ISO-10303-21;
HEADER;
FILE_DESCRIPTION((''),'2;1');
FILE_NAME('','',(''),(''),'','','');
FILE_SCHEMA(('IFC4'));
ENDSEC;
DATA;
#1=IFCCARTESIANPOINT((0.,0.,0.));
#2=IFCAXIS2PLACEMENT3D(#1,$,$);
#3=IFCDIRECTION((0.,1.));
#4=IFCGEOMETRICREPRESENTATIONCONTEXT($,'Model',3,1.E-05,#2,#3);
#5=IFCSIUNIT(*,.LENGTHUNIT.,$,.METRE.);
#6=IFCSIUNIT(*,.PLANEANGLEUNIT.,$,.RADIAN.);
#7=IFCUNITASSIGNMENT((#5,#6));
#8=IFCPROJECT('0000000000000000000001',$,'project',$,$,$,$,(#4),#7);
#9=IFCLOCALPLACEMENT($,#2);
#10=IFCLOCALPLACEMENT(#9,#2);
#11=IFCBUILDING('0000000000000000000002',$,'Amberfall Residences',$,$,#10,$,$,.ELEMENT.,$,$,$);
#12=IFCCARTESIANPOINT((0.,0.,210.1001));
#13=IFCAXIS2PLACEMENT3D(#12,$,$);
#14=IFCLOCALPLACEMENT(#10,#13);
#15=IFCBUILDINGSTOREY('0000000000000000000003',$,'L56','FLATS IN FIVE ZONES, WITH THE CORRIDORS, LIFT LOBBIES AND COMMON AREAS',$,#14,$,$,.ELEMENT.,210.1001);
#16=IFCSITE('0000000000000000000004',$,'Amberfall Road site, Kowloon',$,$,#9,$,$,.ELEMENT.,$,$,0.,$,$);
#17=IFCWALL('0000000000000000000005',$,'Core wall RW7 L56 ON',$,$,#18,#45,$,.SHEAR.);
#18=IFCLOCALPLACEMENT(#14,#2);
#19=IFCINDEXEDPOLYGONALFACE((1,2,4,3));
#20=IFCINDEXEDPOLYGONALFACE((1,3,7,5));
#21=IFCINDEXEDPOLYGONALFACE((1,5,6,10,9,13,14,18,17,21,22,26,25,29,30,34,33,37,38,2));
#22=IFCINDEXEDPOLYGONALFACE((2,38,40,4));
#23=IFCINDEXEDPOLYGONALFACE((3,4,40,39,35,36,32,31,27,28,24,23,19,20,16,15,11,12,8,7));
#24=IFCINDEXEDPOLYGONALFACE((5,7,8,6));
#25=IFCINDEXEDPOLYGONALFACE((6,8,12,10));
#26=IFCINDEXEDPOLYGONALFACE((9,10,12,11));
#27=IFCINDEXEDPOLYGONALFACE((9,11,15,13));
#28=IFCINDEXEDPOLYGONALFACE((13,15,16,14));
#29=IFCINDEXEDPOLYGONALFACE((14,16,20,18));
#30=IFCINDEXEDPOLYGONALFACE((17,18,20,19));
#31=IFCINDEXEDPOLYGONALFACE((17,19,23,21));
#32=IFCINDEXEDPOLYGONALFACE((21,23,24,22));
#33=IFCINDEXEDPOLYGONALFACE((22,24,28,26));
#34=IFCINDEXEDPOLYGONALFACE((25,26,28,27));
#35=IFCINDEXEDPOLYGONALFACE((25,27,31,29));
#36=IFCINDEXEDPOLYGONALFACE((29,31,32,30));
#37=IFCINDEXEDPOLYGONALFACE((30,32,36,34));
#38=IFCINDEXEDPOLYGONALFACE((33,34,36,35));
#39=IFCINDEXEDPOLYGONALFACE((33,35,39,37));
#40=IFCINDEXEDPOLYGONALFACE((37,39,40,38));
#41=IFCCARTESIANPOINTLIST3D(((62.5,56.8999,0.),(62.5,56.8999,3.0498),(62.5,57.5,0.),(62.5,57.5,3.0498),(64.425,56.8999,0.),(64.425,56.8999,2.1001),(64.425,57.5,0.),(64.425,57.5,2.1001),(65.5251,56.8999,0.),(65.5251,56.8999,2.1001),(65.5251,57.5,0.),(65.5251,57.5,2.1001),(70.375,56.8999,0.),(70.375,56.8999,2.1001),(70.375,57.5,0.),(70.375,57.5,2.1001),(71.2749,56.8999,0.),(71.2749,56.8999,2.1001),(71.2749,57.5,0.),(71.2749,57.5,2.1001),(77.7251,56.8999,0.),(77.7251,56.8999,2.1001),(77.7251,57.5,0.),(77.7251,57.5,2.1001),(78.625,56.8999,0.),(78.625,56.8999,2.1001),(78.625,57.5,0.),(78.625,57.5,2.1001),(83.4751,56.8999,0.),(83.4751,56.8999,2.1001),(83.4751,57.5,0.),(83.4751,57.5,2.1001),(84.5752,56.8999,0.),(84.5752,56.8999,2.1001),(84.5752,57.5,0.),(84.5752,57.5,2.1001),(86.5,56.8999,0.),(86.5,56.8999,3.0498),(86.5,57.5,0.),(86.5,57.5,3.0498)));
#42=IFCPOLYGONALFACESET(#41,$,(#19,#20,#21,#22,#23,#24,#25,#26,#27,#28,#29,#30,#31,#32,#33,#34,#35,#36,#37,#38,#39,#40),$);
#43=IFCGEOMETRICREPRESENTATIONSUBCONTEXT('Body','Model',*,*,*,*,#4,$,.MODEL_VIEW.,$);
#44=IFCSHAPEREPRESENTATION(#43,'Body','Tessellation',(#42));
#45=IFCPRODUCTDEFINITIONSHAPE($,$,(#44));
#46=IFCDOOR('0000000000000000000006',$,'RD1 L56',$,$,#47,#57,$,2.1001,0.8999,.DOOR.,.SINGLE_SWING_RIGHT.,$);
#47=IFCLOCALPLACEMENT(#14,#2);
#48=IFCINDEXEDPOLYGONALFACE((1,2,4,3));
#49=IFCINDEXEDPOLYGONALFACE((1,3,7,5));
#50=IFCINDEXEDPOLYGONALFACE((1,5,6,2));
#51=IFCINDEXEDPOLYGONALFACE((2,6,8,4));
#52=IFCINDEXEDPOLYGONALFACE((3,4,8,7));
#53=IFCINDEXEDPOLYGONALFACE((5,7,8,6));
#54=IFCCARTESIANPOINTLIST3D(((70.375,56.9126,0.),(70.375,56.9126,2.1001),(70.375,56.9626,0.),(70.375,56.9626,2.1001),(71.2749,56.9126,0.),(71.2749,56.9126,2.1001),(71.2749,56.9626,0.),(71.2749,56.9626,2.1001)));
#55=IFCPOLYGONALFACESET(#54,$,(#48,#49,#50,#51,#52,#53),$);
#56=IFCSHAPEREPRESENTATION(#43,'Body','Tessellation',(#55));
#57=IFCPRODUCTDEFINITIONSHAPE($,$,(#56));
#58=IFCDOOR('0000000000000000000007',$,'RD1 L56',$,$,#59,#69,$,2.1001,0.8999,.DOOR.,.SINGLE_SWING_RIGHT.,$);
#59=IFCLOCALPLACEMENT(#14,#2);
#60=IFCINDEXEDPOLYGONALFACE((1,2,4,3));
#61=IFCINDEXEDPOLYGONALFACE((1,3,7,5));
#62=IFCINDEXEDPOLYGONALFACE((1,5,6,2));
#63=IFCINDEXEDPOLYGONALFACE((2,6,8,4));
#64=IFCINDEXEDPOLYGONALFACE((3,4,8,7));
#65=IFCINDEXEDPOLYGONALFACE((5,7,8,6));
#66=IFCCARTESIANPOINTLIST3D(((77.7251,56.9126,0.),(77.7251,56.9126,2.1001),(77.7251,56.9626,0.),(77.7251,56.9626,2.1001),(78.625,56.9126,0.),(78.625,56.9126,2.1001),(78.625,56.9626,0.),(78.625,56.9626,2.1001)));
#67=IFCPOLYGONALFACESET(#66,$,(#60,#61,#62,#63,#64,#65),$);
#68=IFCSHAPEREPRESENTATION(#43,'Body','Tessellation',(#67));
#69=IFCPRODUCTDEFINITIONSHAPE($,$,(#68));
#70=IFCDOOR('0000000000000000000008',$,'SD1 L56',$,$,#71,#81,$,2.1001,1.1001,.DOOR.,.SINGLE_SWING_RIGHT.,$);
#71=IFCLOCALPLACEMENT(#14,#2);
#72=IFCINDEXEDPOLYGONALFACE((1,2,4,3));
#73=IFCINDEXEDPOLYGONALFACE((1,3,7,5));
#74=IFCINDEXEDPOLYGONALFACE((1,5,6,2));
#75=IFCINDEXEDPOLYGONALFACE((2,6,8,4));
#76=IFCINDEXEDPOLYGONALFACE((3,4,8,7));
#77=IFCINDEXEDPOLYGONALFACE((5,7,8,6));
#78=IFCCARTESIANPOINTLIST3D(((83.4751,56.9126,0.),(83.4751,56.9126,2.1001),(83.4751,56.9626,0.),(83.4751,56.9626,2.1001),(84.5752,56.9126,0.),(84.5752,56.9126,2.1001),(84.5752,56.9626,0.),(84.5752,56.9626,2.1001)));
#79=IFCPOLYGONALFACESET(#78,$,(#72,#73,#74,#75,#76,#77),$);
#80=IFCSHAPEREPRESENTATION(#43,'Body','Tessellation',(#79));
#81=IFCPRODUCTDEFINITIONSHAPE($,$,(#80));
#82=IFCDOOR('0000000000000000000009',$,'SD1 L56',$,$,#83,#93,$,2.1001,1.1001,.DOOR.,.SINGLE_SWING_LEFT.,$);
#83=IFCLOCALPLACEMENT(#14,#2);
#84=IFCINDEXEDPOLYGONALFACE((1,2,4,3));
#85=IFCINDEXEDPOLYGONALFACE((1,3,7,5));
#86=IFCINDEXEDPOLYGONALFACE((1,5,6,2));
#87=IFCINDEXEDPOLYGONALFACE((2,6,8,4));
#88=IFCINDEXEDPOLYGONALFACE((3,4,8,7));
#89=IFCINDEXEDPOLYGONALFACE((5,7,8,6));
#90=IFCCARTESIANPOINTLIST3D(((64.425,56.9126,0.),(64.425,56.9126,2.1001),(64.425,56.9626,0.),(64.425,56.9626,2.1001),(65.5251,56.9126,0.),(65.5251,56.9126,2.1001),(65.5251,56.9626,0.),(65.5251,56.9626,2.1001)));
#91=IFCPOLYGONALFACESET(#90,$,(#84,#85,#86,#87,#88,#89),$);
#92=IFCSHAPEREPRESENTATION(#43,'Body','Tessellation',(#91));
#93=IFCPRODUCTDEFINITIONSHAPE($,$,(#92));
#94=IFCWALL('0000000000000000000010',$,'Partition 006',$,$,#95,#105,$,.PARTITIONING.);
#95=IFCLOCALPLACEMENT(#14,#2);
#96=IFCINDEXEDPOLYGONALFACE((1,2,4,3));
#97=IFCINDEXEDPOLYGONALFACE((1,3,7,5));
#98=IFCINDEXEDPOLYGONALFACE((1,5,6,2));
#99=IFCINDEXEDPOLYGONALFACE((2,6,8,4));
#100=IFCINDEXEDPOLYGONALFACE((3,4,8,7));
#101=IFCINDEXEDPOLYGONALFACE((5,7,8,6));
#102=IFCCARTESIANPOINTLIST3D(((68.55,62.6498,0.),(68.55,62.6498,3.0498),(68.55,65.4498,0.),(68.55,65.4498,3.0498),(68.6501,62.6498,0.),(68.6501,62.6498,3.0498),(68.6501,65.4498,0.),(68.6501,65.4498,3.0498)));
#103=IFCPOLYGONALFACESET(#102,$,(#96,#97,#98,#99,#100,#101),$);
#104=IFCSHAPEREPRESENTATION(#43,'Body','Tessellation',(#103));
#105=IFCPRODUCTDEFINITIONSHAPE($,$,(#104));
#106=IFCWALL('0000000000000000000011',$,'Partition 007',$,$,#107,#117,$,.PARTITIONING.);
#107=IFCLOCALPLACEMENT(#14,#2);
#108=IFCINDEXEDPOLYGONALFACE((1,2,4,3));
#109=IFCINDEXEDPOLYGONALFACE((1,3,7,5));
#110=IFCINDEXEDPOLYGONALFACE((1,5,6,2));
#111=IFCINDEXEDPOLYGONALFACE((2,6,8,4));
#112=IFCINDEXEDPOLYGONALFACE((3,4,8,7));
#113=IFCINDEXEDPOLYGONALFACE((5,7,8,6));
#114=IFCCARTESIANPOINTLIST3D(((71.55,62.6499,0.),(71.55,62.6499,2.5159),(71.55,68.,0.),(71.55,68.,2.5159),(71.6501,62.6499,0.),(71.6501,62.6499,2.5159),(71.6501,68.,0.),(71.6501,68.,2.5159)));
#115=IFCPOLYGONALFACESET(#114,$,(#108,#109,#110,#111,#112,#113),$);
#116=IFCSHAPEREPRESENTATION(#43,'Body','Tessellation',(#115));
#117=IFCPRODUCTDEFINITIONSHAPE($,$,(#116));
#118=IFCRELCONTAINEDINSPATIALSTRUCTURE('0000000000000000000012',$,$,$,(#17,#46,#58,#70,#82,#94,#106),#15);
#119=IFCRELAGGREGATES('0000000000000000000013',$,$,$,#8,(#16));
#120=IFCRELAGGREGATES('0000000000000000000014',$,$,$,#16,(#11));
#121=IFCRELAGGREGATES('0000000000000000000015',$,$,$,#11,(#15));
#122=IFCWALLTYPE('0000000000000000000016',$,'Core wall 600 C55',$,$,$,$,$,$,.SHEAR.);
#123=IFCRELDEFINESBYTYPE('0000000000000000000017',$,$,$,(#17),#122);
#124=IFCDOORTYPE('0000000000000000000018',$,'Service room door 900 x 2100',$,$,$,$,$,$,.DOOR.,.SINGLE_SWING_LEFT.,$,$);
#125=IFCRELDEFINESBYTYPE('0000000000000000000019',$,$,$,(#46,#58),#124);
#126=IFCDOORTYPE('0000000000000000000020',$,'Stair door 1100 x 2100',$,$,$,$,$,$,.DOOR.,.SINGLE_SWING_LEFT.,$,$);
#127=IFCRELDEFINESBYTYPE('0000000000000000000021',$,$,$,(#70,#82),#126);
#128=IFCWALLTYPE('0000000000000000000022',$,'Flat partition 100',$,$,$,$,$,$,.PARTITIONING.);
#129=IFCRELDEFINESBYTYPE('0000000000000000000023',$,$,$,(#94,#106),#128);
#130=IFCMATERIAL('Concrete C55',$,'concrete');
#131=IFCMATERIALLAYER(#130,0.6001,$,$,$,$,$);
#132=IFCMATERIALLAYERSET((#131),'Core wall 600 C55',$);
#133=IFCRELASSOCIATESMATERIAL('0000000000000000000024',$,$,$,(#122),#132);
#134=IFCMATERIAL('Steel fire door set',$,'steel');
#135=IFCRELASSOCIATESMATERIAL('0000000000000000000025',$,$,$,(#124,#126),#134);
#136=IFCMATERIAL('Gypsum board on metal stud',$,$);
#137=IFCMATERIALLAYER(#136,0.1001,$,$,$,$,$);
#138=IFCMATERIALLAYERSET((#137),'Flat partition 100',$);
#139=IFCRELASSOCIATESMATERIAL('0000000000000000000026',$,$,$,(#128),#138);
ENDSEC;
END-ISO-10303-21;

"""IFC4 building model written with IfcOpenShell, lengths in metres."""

from ifc_helpers import new_model, si_unit, direction, frame, frame_2d, origin, place, context, subcontext, project, spatial, rectangle, extrude, material, layer, layer_set, type_object, element, fill, save


model = new_model("IFC4")

# Units and contexts
model_context = context("Model", 3, precision=1e-05, world=origin(), true_north=direction((0.0, 1.0)))
body_context = subcontext(model_context, "Body", "Model", "MODEL_VIEW")
ifc_project = project(units=[si_unit("LENGTHUNIT", "METRE"), si_unit("PLANEANGLEUNIT", "RADIAN")], contexts=[model_context])

# Site, building, storey
site_placement = place(None, origin())
site = spatial("IfcSite", under=ifc_project, at=site_placement, Name="Amberfall Road site, Kowloon", CompositionType="ELEMENT", RefElevation=0.0)
building_placement = place(site_placement, origin())
building = spatial("IfcBuilding", under=site, at=building_placement, Name="Amberfall Residences", CompositionType="ELEMENT")
storey_placement = place(building_placement, frame((0.0, 0.0, 210.1001)))
storey = spatial("IfcBuildingStorey", under=building, at=storey_placement, Name="L56", Description="FLATS IN FIVE ZONES, WITH THE CORRIDORS, LIFT LOBBIES AND COMMON AREAS", CompositionType="ELEMENT", Elevation=210.1001)

# Wall, openings, doors
ifc_material_1 = material(Name="Concrete C55", Category="concrete")
ifc_layer_1 = layer(ifc_material_1, 0.6001)
ifc_layer_set_1 = layer_set([ifc_layer_1], Name="Core wall 600 C55")
wall_type_1 = type_object("IfcWallType", Name="Core wall 600 C55", PredefinedType="SHEAR", material=ifc_layer_set_1)
wall_1_placement = place(storey_placement, frame((62.5, 57.2, 0.0), z_axis=(0.0, 0.0, 1.0), x_axis=(1.0, 0.0, 0.0)))
wall_1 = element("IfcWall", 1, at=wall_1_placement, inside=storey, type_object=wall_type_1, Name="Core wall RW7 L56 ON", PredefinedType="SHEAR", context=body_context, shape_type="SweptSolid", body=[
    extrude(rectangle(XDim=24.0, YDim=0.6001, at=frame_2d((12.0, 0.0))), origin(), (0.0, 0.0, 1.0), 3.0498),
])
opening_1_placement = place(wall_1_placement, frame((20.9751, 0.0, 0.0)))
opening_1 = element("IfcOpeningElement", 2, at=opening_1_placement, cuts=wall_1, PredefinedType="OPENING", context=body_context, shape_type="SweptSolid", body=[
    extrude(rectangle(XDim=1.1001, YDim=2.1001, at=frame_2d((0.55, 1.05))), frame((0.0, 0.3101, 0.0), z_axis=(0.0, -1.0, 0.0), x_axis=(1.0, 0.0, 0.0)), (0.0, 0.0, 1.0), 0.6201),
])
opening_2_placement = place(wall_1_placement, frame((1.925, 0.0, 0.0)))
opening_2 = element("IfcOpeningElement", 3, at=opening_2_placement, cuts=wall_1, PredefinedType="OPENING", context=body_context, shape_type="SweptSolid", body=[
    extrude(rectangle(XDim=1.1001, YDim=2.1001, at=frame_2d((0.55, 1.05))), frame((0.0, 0.3101, 0.0), z_axis=(0.0, -1.0, 0.0), x_axis=(1.0, 0.0, 0.0)), (0.0, 0.0, 1.0), 0.6201),
])
opening_3_placement = place(wall_1_placement, frame((7.875, 0.0, 0.0)))
opening_3 = element("IfcOpeningElement", 4, at=opening_3_placement, cuts=wall_1, PredefinedType="OPENING", context=body_context, shape_type="SweptSolid", body=[
    extrude(rectangle(XDim=0.8999, YDim=2.1001, at=frame_2d((0.45, 1.05))), frame((0.0, 0.3101, 0.0), z_axis=(0.0, -1.0, 0.0), x_axis=(1.0, 0.0, 0.0)), (0.0, 0.0, 1.0), 0.6201),
])
opening_4_placement = place(wall_1_placement, frame((15.2251, 0.0, 0.0)))
opening_4 = element("IfcOpeningElement", 5, at=opening_4_placement, cuts=wall_1, PredefinedType="OPENING", context=body_context, shape_type="SweptSolid", body=[
    extrude(rectangle(XDim=0.8999, YDim=2.1001, at=frame_2d((0.45, 1.05))), frame((0.0, 0.3101, 0.0), z_axis=(0.0, -1.0, 0.0), x_axis=(1.0, 0.0, 0.0)), (0.0, 0.0, 1.0), 0.6201),
])
ifc_material_2 = material(Name="Steel fire door set", Category="steel")
door_type_1 = type_object("IfcDoorType", Name="Service room door 900 x 2100", OperationType="SINGLE_SWING_LEFT", PredefinedType="DOOR", material=ifc_material_2)
door_1_placement = place(opening_3_placement, origin())
door_1 = element("IfcDoor", 6, at=door_1_placement, inside=storey, type_object=door_type_1, Name="RD1 L56", OperationType="SINGLE_SWING_RIGHT", OverallHeight=2.1001, OverallWidth=0.8999, PredefinedType="DOOR", context=body_context, shape_type="SweptSolid", body=[
    extrude(rectangle(XDim=0.8999, YDim=2.1001, at=frame_2d((0.45, 1.05))), frame((0.0, -0.2373, 0.0), z_axis=(0.0, -1.0, 0.0), x_axis=(1.0, 0.0, 0.0)), (0.0, 0.0, 1.0), 0.05),
])
fill(opening_3, door_1)
door_2_placement = place(opening_4_placement, origin())
door_2 = element("IfcDoor", 7, at=door_2_placement, inside=storey, type_object=door_type_1, Name="RD1 L56", OperationType="SINGLE_SWING_RIGHT", OverallHeight=2.1001, OverallWidth=0.8999, PredefinedType="DOOR", context=body_context, shape_type="SweptSolid", body=[
    extrude(rectangle(XDim=0.8999, YDim=2.1001, at=frame_2d((0.45, 1.05))), frame((0.0, -0.2373, 0.0), z_axis=(0.0, -1.0, 0.0), x_axis=(1.0, 0.0, 0.0)), (0.0, 0.0, 1.0), 0.05),
])
fill(opening_4, door_2)
door_type_2 = type_object("IfcDoorType", Name="Stair door 1100 x 2100", OperationType="SINGLE_SWING_LEFT", PredefinedType="DOOR", material=ifc_material_2)
door_3_placement = place(opening_1_placement, origin())
door_3 = element("IfcDoor", 8, at=door_3_placement, inside=storey, type_object=door_type_2, Name="SD1 L56", OperationType="SINGLE_SWING_RIGHT", OverallHeight=2.1001, OverallWidth=1.1001, PredefinedType="DOOR", context=body_context, shape_type="SweptSolid", body=[
    extrude(rectangle(XDim=1.1001, YDim=2.1001, at=frame_2d((0.55, 1.05))), frame((0.0, -0.2373, 0.0), z_axis=(0.0, -1.0, 0.0), x_axis=(1.0, 0.0, 0.0)), (0.0, 0.0, 1.0), 0.05),
])
fill(opening_1, door_3)
door_4_placement = place(opening_2_placement, origin())
door_4 = element("IfcDoor", 9, at=door_4_placement, inside=storey, type_object=door_type_2, Name="SD1 L56", OperationType="SINGLE_SWING_LEFT", OverallHeight=2.1001, OverallWidth=1.1001, PredefinedType="DOOR", context=body_context, shape_type="SweptSolid", body=[
    extrude(rectangle(XDim=1.1001, YDim=2.1001, at=frame_2d((0.55, 1.05))), frame((0.0, -0.2373, 0.0), z_axis=(0.0, -1.0, 0.0), x_axis=(1.0, 0.0, 0.0)), (0.0, 0.0, 1.0), 0.05),
])
fill(opening_2, door_4)

# Walls
ifc_material_3 = material(Name="Gypsum board on metal stud")
ifc_layer_2 = layer(ifc_material_3, 0.1001)
ifc_layer_set_2 = layer_set([ifc_layer_2], Name="Flat partition 100")
wall_type_2 = type_object("IfcWallType", Name="Flat partition 100", PredefinedType="PARTITIONING", material=ifc_layer_set_2)
wall_2_placement = place(storey_placement, frame((68.6001, 62.6499, 0.0), z_axis=(0.0, 0.0, 1.0), x_axis=(0.0, 1.0, 0.0)))
element("IfcWall", 10, at=wall_2_placement, inside=storey, type_object=wall_type_2, Name="Partition 006", PredefinedType="PARTITIONING", context=body_context, shape_type="SweptSolid", body=[
    extrude(rectangle(XDim=2.8, YDim=0.1001, at=frame_2d((1.3999, 0.0))), origin(), (0.0, 0.0, 1.0), 3.0498),
])
wall_3_placement = place(storey_placement, frame((71.6001, 62.6499, 0.0), z_axis=(0.0, 0.0, 1.0), x_axis=(0.0, 1.0, 0.0)))
element("IfcWall", 11, at=wall_3_placement, inside=storey, type_object=wall_type_2, Name="Partition 007", PredefinedType="PARTITIONING", context=body_context, shape_type="SweptSolid", body=[
    extrude(rectangle(XDim=5.3501, YDim=0.1001, at=frame_2d((2.675, 0.0))), origin(), (0.0, 0.0, 1.0), 2.5159),
])

save(model, "model.ifc")
